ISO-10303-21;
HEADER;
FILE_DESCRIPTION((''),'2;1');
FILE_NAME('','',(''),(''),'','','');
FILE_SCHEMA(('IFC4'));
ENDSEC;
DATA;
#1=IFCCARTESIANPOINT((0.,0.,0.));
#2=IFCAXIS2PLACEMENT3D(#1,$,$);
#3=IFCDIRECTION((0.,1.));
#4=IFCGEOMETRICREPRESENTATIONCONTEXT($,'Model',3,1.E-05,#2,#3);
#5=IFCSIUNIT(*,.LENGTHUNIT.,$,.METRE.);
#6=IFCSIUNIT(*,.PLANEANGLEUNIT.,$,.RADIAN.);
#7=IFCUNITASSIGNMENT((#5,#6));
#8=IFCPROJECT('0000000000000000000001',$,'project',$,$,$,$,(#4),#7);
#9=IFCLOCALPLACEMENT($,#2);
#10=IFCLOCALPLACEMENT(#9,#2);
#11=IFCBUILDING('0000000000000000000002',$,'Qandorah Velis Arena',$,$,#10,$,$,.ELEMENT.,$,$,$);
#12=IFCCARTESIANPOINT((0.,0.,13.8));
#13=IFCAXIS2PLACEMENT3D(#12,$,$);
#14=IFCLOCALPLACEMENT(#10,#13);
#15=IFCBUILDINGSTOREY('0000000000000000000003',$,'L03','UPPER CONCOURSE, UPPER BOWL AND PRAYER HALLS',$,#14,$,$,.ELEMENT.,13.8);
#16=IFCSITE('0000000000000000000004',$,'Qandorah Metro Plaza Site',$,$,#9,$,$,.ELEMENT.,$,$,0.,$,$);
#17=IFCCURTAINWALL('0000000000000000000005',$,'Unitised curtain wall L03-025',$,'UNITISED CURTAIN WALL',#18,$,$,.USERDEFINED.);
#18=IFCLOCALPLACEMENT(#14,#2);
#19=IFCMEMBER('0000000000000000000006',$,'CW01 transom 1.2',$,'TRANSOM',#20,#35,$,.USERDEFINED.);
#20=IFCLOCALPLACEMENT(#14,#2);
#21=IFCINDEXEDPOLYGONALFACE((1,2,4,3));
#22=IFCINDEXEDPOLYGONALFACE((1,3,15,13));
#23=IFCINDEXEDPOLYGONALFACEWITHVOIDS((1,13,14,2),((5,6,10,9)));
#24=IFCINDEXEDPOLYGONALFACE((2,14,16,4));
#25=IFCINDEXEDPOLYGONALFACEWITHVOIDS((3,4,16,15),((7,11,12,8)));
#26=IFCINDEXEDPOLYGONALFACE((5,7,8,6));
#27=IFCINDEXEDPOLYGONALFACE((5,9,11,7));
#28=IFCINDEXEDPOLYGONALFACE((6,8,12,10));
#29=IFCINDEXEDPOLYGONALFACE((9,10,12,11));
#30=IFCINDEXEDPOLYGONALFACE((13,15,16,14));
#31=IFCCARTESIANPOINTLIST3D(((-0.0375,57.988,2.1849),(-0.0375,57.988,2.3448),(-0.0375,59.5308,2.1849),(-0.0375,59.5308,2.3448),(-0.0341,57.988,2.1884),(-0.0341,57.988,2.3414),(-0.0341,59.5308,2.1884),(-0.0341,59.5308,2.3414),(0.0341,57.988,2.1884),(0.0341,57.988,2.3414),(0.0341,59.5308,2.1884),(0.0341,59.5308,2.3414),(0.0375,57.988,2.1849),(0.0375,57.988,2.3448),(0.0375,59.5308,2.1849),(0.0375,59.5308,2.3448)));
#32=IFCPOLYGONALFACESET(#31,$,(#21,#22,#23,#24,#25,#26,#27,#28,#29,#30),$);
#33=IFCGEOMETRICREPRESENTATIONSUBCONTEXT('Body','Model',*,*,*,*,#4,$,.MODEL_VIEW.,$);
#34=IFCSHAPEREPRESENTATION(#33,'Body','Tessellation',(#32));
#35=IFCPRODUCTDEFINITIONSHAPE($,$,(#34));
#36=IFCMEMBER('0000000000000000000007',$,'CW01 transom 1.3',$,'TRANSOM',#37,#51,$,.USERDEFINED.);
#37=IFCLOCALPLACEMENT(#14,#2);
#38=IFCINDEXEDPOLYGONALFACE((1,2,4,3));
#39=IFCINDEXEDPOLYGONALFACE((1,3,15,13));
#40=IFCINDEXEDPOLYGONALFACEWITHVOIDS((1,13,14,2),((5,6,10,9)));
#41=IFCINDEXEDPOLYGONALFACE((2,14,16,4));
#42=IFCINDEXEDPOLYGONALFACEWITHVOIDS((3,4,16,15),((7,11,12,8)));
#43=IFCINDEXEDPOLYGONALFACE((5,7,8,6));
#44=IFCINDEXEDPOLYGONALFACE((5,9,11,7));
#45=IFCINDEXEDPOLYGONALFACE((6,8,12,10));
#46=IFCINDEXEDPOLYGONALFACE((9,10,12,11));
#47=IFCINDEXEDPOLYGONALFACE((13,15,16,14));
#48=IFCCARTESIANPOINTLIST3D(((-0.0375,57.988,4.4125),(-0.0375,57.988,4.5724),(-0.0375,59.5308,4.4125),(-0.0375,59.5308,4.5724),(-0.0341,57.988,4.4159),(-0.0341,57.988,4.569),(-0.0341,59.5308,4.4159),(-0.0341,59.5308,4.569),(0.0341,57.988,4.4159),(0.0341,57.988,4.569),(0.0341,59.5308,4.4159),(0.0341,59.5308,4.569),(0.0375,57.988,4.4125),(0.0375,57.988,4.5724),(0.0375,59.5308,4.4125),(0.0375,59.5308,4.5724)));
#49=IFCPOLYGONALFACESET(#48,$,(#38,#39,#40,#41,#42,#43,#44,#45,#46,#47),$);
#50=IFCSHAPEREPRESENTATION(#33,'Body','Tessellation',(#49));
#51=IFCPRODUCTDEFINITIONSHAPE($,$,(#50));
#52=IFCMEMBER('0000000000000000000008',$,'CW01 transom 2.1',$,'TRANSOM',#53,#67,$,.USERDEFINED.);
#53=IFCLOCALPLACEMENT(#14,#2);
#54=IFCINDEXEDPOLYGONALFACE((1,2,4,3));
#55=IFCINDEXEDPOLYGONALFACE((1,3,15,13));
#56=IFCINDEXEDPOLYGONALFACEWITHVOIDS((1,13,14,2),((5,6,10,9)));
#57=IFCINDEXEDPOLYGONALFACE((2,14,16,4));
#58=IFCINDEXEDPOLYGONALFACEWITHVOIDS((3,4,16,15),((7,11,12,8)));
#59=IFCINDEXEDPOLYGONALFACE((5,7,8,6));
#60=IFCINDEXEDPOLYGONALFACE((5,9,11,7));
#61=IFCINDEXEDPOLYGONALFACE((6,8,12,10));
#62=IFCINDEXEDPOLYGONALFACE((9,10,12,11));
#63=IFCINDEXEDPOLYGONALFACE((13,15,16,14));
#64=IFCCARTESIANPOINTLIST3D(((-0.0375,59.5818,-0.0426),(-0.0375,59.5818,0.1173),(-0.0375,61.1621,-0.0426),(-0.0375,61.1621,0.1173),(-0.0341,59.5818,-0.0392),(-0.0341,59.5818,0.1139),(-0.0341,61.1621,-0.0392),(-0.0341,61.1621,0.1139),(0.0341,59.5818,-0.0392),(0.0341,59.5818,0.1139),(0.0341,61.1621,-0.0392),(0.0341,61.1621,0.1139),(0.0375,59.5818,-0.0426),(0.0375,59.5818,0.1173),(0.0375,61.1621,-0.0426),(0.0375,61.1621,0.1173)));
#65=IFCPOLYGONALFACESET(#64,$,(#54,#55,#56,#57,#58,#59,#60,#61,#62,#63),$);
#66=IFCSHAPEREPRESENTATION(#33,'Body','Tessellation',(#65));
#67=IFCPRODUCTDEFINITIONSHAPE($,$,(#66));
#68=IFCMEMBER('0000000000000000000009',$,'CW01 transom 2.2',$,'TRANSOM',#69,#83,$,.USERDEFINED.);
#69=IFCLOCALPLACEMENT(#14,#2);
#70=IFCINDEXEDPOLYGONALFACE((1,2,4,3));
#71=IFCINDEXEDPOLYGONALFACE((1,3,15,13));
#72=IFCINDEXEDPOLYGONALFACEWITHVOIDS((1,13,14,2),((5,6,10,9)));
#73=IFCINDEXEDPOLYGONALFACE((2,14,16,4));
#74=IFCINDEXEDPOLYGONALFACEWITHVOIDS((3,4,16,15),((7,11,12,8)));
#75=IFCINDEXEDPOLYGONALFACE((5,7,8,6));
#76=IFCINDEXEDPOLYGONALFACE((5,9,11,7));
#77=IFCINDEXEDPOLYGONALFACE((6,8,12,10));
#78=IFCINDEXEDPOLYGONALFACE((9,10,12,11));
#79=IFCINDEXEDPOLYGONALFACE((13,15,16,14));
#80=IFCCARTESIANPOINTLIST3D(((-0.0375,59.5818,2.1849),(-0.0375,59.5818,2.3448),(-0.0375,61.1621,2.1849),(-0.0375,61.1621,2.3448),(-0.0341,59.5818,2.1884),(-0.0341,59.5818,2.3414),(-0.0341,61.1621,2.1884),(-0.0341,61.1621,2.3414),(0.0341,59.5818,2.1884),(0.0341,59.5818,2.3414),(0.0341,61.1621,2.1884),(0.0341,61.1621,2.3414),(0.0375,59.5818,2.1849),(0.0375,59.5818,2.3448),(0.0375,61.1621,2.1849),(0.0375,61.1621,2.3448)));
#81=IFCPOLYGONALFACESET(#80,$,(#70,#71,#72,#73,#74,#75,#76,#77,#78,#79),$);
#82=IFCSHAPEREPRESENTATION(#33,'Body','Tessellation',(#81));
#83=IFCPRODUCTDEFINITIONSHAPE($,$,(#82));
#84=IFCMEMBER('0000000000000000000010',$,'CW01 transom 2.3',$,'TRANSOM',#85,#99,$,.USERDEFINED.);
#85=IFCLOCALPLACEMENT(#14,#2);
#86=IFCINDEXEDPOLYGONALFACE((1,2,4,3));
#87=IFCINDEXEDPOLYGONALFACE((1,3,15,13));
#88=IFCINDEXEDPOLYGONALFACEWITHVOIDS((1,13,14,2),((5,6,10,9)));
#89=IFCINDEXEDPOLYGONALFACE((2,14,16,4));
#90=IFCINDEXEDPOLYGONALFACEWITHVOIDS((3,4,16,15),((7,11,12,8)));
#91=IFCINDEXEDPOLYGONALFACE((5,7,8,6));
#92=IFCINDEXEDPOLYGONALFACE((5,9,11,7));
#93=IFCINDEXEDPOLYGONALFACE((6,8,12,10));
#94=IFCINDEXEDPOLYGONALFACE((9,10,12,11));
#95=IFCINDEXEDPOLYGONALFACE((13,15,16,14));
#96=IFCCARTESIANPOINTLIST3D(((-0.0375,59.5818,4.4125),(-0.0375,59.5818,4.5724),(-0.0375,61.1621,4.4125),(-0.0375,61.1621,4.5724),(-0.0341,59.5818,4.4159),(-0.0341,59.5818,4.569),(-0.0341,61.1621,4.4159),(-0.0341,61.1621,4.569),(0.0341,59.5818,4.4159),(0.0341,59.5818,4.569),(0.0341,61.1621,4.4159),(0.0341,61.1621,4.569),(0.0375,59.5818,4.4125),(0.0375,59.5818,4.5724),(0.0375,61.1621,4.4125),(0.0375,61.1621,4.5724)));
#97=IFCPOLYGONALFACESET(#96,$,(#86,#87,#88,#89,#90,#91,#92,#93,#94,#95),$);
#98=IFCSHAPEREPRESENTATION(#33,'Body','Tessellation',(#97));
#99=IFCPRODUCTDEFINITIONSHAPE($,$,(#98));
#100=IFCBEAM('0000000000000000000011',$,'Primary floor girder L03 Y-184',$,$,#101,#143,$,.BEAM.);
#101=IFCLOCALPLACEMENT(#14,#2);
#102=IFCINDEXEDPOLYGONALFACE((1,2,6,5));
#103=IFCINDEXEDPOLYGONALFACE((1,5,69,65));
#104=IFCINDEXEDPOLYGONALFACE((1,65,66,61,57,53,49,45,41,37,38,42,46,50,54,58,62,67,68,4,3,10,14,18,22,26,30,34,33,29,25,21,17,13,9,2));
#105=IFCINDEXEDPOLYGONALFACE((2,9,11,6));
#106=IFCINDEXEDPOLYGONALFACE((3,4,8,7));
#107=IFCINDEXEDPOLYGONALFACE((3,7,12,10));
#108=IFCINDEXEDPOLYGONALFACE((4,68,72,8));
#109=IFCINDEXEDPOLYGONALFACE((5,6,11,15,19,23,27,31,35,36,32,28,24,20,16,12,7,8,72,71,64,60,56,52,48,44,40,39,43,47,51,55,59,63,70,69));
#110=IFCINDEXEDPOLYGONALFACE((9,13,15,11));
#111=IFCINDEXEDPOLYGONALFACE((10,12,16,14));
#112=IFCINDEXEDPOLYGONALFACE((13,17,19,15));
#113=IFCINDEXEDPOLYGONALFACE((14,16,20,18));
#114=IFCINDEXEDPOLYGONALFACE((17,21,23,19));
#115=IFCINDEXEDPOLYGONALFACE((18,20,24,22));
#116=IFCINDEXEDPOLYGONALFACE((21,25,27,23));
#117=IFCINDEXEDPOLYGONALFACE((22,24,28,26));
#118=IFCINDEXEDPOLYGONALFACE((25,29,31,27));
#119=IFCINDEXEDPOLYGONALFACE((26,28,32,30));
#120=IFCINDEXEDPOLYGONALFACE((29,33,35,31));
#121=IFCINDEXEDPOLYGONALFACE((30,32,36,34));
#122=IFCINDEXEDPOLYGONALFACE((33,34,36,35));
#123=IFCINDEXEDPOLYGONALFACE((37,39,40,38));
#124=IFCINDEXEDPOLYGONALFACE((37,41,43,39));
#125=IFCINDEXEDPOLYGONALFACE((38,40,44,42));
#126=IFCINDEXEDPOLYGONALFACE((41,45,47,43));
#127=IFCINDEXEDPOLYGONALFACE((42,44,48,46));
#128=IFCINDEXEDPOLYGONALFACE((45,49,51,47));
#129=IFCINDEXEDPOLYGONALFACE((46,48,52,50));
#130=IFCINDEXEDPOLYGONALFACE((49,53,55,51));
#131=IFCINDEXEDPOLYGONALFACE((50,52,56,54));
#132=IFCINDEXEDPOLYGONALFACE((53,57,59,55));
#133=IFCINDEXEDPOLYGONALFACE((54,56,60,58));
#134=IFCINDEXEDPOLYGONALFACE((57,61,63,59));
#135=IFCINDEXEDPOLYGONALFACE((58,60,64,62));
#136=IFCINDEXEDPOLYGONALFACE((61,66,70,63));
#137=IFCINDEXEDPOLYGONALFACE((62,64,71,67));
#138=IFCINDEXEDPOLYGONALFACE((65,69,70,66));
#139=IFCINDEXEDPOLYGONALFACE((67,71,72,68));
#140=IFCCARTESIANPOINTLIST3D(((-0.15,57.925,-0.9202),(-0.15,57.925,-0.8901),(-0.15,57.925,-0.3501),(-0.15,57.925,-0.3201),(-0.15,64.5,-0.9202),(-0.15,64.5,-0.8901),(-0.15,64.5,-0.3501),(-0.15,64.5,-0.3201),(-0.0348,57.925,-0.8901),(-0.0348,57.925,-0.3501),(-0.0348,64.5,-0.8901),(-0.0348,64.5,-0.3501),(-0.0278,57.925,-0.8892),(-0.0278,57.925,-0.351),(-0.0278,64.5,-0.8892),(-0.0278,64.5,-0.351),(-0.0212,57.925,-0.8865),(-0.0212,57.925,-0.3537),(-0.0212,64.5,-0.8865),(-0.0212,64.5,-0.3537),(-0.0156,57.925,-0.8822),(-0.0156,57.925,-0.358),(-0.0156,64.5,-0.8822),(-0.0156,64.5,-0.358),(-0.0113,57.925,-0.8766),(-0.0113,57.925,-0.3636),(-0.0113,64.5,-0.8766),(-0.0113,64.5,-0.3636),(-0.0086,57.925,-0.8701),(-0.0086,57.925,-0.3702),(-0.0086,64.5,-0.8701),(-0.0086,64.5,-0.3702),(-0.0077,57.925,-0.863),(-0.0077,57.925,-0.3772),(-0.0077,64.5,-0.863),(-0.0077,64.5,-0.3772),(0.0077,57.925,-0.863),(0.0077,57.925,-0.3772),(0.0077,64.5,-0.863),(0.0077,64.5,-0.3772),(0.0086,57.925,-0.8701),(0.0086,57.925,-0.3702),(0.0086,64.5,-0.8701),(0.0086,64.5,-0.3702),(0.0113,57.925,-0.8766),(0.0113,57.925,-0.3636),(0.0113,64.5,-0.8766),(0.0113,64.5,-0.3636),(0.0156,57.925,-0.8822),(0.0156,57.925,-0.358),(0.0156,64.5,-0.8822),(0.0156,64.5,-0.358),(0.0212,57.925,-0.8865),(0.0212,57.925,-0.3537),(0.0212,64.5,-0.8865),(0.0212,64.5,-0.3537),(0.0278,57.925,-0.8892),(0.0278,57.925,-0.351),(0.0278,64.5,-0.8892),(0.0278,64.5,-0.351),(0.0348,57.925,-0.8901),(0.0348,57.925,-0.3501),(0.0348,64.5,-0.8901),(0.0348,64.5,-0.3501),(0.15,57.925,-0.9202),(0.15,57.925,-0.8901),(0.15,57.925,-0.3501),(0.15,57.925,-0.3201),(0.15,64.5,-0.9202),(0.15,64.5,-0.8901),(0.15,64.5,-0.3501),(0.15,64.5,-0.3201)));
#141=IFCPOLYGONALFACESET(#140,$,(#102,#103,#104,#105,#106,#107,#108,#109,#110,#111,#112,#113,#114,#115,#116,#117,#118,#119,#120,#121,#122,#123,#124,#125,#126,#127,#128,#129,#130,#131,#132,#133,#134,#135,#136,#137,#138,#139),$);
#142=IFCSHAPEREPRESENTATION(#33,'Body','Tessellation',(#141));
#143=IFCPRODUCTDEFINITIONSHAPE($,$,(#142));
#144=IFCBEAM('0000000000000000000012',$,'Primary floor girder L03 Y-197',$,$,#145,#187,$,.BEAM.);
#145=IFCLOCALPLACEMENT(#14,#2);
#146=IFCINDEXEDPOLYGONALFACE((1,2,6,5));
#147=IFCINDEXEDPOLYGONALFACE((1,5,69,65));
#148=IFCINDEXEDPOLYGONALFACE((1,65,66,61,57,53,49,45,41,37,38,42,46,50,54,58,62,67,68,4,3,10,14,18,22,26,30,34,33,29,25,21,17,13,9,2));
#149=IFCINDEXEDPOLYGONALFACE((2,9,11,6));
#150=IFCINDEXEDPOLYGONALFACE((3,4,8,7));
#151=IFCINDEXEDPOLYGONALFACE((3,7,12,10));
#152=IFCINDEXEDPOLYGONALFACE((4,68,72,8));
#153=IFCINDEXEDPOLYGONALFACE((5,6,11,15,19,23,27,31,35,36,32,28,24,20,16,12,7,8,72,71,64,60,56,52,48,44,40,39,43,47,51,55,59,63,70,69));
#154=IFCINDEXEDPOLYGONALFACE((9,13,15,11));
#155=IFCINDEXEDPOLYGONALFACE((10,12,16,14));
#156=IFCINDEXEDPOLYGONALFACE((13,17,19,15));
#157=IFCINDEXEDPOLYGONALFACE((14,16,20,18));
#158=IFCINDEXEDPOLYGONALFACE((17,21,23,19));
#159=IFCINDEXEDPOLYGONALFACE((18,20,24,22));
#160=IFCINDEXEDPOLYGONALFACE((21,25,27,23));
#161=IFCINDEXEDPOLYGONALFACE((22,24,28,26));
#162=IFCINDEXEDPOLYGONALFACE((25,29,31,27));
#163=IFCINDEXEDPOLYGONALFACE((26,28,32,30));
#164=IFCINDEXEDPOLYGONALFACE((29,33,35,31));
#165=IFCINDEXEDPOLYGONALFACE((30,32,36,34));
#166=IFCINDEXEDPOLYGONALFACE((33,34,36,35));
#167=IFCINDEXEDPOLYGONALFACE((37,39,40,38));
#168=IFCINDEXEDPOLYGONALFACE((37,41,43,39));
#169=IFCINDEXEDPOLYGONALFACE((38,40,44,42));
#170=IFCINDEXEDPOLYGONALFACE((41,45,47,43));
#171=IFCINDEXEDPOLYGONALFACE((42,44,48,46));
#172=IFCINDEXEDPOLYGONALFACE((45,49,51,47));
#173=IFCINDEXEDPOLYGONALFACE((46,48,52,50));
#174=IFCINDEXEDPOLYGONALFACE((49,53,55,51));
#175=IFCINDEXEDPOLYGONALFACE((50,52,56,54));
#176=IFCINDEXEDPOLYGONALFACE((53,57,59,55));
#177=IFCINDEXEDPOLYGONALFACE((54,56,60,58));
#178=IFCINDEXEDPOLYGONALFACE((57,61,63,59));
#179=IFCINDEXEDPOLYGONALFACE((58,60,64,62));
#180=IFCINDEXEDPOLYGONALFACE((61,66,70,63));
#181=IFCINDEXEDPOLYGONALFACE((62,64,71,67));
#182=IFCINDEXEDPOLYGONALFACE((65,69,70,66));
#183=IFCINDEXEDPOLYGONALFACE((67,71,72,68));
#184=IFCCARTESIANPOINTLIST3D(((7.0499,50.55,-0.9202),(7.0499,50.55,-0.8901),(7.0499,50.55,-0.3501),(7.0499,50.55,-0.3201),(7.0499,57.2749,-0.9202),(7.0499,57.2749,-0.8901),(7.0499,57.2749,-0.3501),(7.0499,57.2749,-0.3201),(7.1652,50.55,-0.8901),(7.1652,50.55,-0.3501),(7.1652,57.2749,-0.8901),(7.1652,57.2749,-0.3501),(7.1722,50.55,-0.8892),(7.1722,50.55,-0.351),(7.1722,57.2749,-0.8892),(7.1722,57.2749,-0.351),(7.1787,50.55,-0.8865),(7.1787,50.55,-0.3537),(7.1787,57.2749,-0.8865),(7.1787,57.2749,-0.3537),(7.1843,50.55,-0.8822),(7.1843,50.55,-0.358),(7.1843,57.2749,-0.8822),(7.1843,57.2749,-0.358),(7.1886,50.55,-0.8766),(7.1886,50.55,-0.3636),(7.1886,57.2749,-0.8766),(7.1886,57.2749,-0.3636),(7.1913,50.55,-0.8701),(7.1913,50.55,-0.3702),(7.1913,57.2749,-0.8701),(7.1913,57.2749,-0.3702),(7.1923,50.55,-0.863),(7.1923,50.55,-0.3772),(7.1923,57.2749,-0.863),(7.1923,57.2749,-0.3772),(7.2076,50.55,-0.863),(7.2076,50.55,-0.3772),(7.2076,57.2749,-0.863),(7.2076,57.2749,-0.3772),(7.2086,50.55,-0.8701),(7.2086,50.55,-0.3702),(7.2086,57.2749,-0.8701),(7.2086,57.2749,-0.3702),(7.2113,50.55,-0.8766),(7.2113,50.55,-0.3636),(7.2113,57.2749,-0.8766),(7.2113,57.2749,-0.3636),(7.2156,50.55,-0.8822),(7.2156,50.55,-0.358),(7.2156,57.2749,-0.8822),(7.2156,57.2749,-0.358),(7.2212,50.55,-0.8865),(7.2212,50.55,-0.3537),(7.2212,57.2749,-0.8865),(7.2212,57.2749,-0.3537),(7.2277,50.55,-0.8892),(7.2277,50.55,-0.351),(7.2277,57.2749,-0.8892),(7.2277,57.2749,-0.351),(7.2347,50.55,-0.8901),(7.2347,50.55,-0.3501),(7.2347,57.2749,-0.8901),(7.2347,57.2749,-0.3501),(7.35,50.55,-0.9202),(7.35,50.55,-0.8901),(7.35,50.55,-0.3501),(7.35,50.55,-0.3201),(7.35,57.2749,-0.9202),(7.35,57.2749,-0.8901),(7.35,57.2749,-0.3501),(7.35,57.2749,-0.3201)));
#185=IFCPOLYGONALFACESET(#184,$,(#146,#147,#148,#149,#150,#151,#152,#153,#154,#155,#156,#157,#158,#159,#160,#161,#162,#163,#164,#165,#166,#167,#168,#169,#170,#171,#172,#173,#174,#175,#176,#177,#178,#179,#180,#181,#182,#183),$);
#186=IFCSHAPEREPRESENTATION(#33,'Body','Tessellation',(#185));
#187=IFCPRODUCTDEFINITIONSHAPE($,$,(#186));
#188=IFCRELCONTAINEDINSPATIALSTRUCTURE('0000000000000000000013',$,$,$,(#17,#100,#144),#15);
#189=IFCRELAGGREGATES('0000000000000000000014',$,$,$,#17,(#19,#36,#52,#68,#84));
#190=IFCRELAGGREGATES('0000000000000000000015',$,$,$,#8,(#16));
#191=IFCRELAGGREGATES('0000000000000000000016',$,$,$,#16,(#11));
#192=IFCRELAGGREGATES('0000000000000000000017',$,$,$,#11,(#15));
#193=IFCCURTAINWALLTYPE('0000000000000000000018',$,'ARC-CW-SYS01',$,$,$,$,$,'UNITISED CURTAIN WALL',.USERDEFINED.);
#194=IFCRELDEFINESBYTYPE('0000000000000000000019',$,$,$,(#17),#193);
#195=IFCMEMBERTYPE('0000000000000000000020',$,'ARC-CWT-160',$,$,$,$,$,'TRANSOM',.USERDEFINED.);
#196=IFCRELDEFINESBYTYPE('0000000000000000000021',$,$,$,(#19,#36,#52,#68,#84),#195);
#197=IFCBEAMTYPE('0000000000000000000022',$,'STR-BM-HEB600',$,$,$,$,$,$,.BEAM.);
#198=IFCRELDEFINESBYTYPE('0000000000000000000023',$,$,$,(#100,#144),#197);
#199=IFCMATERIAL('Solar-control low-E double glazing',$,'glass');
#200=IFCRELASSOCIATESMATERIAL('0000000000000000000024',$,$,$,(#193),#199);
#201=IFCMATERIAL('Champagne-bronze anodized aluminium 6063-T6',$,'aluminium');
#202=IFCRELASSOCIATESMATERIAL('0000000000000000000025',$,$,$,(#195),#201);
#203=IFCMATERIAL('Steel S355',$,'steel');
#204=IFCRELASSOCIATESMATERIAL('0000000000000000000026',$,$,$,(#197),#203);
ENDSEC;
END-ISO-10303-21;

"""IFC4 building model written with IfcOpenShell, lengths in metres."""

from ifc_helpers import new_model, si_unit, direction, frame, origin, origin_2d, place, context, subcontext, project, spatial, hollow_rectangle, i_section, extrude, material, material_profile, profile_set, type_object, element, aggregate, save


model = new_model("IFC4")

# Units and contexts
model_context = context("Model", 3, precision=1e-05, world=origin(), true_north=direction((0.0, 1.0)))
body_context = subcontext(model_context, "Body", "Model", "MODEL_VIEW")
ifc_project = project(units=[si_unit("LENGTHUNIT", "METRE"), si_unit("PLANEANGLEUNIT", "RADIAN")], contexts=[model_context])

# Site, building, storey
site_placement = place(None, origin())
site = spatial("IfcSite", under=ifc_project, at=site_placement, Name="Qandorah Metro Plaza Site", CompositionType="ELEMENT", RefElevation=0.0)
building_placement = place(site_placement, origin())
building = spatial("IfcBuilding", under=site, at=building_placement, Name="Qandorah Velis Arena", CompositionType="ELEMENT")
storey_placement = place(building_placement, frame((0.0, 0.0, 13.8)))
storey = spatial("IfcBuildingStorey", under=building, at=storey_placement, Name="L03", Description="UPPER CONCOURSE, UPPER BOWL AND PRAYER HALLS", CompositionType="ELEMENT", Elevation=13.8)

# Shared definitions
ifc_material_1 = material(Name="Solar-control low-E double glazing", Category="glass")
ifc_material_2 = material(Name="Champagne-bronze anodized aluminium 6063-T6", Category="aluminium")

# Curtain wall, members
curtain_wall_type_1 = type_object("IfcCurtainWallType", Name="ARC-CW-SYS01", ElementType="UNITISED CURTAIN WALL", PredefinedType="USERDEFINED", material=ifc_material_1)
curtain_wall_1_placement = place(storey_placement, origin())
curtain_wall_1 = element("IfcCurtainWall", 1, at=curtain_wall_1_placement, inside=storey, type_object=curtain_wall_type_1, Name="Unitised curtain wall L03-025", ObjectType="UNITISED CURTAIN WALL", PredefinedType="USERDEFINED")
ifc_material_profile_1 = material_profile(ifc_material_2, hollow_rectangle(XDim=0.075, YDim=0.1599, WallThickness=0.0034, at=origin_2d()), Name="ALU TRANSOM 75x160")
ifc_profile_set_1 = profile_set([ifc_material_profile_1], Name="Champagne-bronze anodized aluminium 6063-T6")
member_type_1 = type_object("IfcMemberType", Name="ARC-CWT-160", ElementType="TRANSOM", PredefinedType="USERDEFINED", material=ifc_profile_set_1)
member_1_placement = place(storey_placement, frame((0.0, 57.988, 2.2649), z_axis=(0.0, 1.0, 0.0), x_axis=(-1.0, 0.0, 0.0)))
member_1 = element("IfcMember", 2, at=member_1_placement, type_object=member_type_1, Name="CW01 transom 1.2", ObjectType="TRANSOM", PredefinedType="USERDEFINED", context=body_context, shape_type="SweptSolid", body=[
    extrude(hollow_rectangle(XDim=0.075, YDim=0.1599, WallThickness=0.0034, at=origin_2d()), origin(), (0.0, 0.0, 1.0), 1.5427),
])
member_2_placement = place(storey_placement, frame((0.0, 57.988, 4.4924), z_axis=(0.0, 1.0, 0.0), x_axis=(-1.0, 0.0, 0.0)))
member_2 = element("IfcMember", 3, at=member_2_placement, type_object=member_type_1, Name="CW01 transom 1.3", ObjectType="TRANSOM", PredefinedType="USERDEFINED", context=body_context, shape_type="SweptSolid", body=[
    extrude(hollow_rectangle(XDim=0.075, YDim=0.1599, WallThickness=0.0034, at=origin_2d()), origin(), (0.0, 0.0, 1.0), 1.5427),
])
member_3_placement = place(storey_placement, frame((0.0, 59.5818, 0.0374), z_axis=(0.0, 1.0, 0.0), x_axis=(-1.0, 0.0, 0.0)))
member_3 = element("IfcMember", 4, at=member_3_placement, type_object=member_type_1, Name="CW01 transom 2.1", ObjectType="TRANSOM", PredefinedType="USERDEFINED", context=body_context, shape_type="SweptSolid", body=[
    extrude(hollow_rectangle(XDim=0.075, YDim=0.1599, WallThickness=0.0034, at=origin_2d()), origin(), (0.0, 0.0, 1.0), 1.5803),
])
member_4_placement = place(storey_placement, frame((0.0, 59.5818, 2.2649), z_axis=(0.0, 1.0, 0.0), x_axis=(-1.0, 0.0, 0.0)))
member_4 = element("IfcMember", 5, at=member_4_placement, type_object=member_type_1, Name="CW01 transom 2.2", ObjectType="TRANSOM", PredefinedType="USERDEFINED", context=body_context, shape_type="SweptSolid", body=[
    extrude(hollow_rectangle(XDim=0.075, YDim=0.1599, WallThickness=0.0034, at=origin_2d()), origin(), (0.0, 0.0, 1.0), 1.5803),
])
member_5_placement = place(storey_placement, frame((0.0, 59.5818, 4.4924), z_axis=(0.0, 1.0, 0.0), x_axis=(-1.0, 0.0, 0.0)))
member_5 = element("IfcMember", 6, at=member_5_placement, type_object=member_type_1, Name="CW01 transom 2.3", ObjectType="TRANSOM", PredefinedType="USERDEFINED", context=body_context, shape_type="SweptSolid", body=[
    extrude(hollow_rectangle(XDim=0.075, YDim=0.1599, WallThickness=0.0034, at=origin_2d()), origin(), (0.0, 0.0, 1.0), 1.5803),
])

# Beams
ifc_material_3 = material(Name="Steel S355", Category="steel")
ifc_material_profile_2 = material_profile(ifc_material_3, i_section(OverallWidth=0.3, OverallDepth=0.6001, WebThickness=0.0154, FlangeThickness=0.03, FilletRadius=0.0271, at=origin_2d()), Name="HEB 600")
ifc_profile_set_2 = profile_set([ifc_material_profile_2], Name="Steel S355")
beam_type_1 = type_object("IfcBeamType", Name="STR-BM-HEB600", PredefinedType="BEAM", material=ifc_profile_set_2)
beam_1_placement = place(storey_placement, frame((0.0, 57.925, -0.6201), z_axis=(0.0, 1.0, 0.0), x_axis=(-1.0, 0.0, 0.0)))
element("IfcBeam", 7, at=beam_1_placement, inside=storey, type_object=beam_type_1, Name="Primary floor girder L03 Y-184", PredefinedType="BEAM", context=body_context, shape_type="SweptSolid", body=[
    extrude(i_section(OverallWidth=0.3, OverallDepth=0.6001, WebThickness=0.0154, FlangeThickness=0.03, FilletRadius=0.0271, at=origin_2d()), origin(), (0.0, 0.0, 1.0), 6.575),
])
beam_2_placement = place(storey_placement, frame((7.2, 50.55, -0.6201), z_axis=(0.0, 1.0, 0.0), x_axis=(-1.0, 0.0, 0.0)))
element("IfcBeam", 8, at=beam_2_placement, inside=storey, type_object=beam_type_1, Name="Primary floor girder L03 Y-197", PredefinedType="BEAM", context=body_context, shape_type="SweptSolid", body=[
    extrude(i_section(OverallWidth=0.3, OverallDepth=0.6001, WebThickness=0.0154, FlangeThickness=0.03, FilletRadius=0.0271, at=origin_2d()), origin(), (0.0, 0.0, 1.0), 6.7249),
])

aggregate(curtain_wall_1, [member_1, member_2, member_3, member_4, member_5])

save(model, "model.ifc")
